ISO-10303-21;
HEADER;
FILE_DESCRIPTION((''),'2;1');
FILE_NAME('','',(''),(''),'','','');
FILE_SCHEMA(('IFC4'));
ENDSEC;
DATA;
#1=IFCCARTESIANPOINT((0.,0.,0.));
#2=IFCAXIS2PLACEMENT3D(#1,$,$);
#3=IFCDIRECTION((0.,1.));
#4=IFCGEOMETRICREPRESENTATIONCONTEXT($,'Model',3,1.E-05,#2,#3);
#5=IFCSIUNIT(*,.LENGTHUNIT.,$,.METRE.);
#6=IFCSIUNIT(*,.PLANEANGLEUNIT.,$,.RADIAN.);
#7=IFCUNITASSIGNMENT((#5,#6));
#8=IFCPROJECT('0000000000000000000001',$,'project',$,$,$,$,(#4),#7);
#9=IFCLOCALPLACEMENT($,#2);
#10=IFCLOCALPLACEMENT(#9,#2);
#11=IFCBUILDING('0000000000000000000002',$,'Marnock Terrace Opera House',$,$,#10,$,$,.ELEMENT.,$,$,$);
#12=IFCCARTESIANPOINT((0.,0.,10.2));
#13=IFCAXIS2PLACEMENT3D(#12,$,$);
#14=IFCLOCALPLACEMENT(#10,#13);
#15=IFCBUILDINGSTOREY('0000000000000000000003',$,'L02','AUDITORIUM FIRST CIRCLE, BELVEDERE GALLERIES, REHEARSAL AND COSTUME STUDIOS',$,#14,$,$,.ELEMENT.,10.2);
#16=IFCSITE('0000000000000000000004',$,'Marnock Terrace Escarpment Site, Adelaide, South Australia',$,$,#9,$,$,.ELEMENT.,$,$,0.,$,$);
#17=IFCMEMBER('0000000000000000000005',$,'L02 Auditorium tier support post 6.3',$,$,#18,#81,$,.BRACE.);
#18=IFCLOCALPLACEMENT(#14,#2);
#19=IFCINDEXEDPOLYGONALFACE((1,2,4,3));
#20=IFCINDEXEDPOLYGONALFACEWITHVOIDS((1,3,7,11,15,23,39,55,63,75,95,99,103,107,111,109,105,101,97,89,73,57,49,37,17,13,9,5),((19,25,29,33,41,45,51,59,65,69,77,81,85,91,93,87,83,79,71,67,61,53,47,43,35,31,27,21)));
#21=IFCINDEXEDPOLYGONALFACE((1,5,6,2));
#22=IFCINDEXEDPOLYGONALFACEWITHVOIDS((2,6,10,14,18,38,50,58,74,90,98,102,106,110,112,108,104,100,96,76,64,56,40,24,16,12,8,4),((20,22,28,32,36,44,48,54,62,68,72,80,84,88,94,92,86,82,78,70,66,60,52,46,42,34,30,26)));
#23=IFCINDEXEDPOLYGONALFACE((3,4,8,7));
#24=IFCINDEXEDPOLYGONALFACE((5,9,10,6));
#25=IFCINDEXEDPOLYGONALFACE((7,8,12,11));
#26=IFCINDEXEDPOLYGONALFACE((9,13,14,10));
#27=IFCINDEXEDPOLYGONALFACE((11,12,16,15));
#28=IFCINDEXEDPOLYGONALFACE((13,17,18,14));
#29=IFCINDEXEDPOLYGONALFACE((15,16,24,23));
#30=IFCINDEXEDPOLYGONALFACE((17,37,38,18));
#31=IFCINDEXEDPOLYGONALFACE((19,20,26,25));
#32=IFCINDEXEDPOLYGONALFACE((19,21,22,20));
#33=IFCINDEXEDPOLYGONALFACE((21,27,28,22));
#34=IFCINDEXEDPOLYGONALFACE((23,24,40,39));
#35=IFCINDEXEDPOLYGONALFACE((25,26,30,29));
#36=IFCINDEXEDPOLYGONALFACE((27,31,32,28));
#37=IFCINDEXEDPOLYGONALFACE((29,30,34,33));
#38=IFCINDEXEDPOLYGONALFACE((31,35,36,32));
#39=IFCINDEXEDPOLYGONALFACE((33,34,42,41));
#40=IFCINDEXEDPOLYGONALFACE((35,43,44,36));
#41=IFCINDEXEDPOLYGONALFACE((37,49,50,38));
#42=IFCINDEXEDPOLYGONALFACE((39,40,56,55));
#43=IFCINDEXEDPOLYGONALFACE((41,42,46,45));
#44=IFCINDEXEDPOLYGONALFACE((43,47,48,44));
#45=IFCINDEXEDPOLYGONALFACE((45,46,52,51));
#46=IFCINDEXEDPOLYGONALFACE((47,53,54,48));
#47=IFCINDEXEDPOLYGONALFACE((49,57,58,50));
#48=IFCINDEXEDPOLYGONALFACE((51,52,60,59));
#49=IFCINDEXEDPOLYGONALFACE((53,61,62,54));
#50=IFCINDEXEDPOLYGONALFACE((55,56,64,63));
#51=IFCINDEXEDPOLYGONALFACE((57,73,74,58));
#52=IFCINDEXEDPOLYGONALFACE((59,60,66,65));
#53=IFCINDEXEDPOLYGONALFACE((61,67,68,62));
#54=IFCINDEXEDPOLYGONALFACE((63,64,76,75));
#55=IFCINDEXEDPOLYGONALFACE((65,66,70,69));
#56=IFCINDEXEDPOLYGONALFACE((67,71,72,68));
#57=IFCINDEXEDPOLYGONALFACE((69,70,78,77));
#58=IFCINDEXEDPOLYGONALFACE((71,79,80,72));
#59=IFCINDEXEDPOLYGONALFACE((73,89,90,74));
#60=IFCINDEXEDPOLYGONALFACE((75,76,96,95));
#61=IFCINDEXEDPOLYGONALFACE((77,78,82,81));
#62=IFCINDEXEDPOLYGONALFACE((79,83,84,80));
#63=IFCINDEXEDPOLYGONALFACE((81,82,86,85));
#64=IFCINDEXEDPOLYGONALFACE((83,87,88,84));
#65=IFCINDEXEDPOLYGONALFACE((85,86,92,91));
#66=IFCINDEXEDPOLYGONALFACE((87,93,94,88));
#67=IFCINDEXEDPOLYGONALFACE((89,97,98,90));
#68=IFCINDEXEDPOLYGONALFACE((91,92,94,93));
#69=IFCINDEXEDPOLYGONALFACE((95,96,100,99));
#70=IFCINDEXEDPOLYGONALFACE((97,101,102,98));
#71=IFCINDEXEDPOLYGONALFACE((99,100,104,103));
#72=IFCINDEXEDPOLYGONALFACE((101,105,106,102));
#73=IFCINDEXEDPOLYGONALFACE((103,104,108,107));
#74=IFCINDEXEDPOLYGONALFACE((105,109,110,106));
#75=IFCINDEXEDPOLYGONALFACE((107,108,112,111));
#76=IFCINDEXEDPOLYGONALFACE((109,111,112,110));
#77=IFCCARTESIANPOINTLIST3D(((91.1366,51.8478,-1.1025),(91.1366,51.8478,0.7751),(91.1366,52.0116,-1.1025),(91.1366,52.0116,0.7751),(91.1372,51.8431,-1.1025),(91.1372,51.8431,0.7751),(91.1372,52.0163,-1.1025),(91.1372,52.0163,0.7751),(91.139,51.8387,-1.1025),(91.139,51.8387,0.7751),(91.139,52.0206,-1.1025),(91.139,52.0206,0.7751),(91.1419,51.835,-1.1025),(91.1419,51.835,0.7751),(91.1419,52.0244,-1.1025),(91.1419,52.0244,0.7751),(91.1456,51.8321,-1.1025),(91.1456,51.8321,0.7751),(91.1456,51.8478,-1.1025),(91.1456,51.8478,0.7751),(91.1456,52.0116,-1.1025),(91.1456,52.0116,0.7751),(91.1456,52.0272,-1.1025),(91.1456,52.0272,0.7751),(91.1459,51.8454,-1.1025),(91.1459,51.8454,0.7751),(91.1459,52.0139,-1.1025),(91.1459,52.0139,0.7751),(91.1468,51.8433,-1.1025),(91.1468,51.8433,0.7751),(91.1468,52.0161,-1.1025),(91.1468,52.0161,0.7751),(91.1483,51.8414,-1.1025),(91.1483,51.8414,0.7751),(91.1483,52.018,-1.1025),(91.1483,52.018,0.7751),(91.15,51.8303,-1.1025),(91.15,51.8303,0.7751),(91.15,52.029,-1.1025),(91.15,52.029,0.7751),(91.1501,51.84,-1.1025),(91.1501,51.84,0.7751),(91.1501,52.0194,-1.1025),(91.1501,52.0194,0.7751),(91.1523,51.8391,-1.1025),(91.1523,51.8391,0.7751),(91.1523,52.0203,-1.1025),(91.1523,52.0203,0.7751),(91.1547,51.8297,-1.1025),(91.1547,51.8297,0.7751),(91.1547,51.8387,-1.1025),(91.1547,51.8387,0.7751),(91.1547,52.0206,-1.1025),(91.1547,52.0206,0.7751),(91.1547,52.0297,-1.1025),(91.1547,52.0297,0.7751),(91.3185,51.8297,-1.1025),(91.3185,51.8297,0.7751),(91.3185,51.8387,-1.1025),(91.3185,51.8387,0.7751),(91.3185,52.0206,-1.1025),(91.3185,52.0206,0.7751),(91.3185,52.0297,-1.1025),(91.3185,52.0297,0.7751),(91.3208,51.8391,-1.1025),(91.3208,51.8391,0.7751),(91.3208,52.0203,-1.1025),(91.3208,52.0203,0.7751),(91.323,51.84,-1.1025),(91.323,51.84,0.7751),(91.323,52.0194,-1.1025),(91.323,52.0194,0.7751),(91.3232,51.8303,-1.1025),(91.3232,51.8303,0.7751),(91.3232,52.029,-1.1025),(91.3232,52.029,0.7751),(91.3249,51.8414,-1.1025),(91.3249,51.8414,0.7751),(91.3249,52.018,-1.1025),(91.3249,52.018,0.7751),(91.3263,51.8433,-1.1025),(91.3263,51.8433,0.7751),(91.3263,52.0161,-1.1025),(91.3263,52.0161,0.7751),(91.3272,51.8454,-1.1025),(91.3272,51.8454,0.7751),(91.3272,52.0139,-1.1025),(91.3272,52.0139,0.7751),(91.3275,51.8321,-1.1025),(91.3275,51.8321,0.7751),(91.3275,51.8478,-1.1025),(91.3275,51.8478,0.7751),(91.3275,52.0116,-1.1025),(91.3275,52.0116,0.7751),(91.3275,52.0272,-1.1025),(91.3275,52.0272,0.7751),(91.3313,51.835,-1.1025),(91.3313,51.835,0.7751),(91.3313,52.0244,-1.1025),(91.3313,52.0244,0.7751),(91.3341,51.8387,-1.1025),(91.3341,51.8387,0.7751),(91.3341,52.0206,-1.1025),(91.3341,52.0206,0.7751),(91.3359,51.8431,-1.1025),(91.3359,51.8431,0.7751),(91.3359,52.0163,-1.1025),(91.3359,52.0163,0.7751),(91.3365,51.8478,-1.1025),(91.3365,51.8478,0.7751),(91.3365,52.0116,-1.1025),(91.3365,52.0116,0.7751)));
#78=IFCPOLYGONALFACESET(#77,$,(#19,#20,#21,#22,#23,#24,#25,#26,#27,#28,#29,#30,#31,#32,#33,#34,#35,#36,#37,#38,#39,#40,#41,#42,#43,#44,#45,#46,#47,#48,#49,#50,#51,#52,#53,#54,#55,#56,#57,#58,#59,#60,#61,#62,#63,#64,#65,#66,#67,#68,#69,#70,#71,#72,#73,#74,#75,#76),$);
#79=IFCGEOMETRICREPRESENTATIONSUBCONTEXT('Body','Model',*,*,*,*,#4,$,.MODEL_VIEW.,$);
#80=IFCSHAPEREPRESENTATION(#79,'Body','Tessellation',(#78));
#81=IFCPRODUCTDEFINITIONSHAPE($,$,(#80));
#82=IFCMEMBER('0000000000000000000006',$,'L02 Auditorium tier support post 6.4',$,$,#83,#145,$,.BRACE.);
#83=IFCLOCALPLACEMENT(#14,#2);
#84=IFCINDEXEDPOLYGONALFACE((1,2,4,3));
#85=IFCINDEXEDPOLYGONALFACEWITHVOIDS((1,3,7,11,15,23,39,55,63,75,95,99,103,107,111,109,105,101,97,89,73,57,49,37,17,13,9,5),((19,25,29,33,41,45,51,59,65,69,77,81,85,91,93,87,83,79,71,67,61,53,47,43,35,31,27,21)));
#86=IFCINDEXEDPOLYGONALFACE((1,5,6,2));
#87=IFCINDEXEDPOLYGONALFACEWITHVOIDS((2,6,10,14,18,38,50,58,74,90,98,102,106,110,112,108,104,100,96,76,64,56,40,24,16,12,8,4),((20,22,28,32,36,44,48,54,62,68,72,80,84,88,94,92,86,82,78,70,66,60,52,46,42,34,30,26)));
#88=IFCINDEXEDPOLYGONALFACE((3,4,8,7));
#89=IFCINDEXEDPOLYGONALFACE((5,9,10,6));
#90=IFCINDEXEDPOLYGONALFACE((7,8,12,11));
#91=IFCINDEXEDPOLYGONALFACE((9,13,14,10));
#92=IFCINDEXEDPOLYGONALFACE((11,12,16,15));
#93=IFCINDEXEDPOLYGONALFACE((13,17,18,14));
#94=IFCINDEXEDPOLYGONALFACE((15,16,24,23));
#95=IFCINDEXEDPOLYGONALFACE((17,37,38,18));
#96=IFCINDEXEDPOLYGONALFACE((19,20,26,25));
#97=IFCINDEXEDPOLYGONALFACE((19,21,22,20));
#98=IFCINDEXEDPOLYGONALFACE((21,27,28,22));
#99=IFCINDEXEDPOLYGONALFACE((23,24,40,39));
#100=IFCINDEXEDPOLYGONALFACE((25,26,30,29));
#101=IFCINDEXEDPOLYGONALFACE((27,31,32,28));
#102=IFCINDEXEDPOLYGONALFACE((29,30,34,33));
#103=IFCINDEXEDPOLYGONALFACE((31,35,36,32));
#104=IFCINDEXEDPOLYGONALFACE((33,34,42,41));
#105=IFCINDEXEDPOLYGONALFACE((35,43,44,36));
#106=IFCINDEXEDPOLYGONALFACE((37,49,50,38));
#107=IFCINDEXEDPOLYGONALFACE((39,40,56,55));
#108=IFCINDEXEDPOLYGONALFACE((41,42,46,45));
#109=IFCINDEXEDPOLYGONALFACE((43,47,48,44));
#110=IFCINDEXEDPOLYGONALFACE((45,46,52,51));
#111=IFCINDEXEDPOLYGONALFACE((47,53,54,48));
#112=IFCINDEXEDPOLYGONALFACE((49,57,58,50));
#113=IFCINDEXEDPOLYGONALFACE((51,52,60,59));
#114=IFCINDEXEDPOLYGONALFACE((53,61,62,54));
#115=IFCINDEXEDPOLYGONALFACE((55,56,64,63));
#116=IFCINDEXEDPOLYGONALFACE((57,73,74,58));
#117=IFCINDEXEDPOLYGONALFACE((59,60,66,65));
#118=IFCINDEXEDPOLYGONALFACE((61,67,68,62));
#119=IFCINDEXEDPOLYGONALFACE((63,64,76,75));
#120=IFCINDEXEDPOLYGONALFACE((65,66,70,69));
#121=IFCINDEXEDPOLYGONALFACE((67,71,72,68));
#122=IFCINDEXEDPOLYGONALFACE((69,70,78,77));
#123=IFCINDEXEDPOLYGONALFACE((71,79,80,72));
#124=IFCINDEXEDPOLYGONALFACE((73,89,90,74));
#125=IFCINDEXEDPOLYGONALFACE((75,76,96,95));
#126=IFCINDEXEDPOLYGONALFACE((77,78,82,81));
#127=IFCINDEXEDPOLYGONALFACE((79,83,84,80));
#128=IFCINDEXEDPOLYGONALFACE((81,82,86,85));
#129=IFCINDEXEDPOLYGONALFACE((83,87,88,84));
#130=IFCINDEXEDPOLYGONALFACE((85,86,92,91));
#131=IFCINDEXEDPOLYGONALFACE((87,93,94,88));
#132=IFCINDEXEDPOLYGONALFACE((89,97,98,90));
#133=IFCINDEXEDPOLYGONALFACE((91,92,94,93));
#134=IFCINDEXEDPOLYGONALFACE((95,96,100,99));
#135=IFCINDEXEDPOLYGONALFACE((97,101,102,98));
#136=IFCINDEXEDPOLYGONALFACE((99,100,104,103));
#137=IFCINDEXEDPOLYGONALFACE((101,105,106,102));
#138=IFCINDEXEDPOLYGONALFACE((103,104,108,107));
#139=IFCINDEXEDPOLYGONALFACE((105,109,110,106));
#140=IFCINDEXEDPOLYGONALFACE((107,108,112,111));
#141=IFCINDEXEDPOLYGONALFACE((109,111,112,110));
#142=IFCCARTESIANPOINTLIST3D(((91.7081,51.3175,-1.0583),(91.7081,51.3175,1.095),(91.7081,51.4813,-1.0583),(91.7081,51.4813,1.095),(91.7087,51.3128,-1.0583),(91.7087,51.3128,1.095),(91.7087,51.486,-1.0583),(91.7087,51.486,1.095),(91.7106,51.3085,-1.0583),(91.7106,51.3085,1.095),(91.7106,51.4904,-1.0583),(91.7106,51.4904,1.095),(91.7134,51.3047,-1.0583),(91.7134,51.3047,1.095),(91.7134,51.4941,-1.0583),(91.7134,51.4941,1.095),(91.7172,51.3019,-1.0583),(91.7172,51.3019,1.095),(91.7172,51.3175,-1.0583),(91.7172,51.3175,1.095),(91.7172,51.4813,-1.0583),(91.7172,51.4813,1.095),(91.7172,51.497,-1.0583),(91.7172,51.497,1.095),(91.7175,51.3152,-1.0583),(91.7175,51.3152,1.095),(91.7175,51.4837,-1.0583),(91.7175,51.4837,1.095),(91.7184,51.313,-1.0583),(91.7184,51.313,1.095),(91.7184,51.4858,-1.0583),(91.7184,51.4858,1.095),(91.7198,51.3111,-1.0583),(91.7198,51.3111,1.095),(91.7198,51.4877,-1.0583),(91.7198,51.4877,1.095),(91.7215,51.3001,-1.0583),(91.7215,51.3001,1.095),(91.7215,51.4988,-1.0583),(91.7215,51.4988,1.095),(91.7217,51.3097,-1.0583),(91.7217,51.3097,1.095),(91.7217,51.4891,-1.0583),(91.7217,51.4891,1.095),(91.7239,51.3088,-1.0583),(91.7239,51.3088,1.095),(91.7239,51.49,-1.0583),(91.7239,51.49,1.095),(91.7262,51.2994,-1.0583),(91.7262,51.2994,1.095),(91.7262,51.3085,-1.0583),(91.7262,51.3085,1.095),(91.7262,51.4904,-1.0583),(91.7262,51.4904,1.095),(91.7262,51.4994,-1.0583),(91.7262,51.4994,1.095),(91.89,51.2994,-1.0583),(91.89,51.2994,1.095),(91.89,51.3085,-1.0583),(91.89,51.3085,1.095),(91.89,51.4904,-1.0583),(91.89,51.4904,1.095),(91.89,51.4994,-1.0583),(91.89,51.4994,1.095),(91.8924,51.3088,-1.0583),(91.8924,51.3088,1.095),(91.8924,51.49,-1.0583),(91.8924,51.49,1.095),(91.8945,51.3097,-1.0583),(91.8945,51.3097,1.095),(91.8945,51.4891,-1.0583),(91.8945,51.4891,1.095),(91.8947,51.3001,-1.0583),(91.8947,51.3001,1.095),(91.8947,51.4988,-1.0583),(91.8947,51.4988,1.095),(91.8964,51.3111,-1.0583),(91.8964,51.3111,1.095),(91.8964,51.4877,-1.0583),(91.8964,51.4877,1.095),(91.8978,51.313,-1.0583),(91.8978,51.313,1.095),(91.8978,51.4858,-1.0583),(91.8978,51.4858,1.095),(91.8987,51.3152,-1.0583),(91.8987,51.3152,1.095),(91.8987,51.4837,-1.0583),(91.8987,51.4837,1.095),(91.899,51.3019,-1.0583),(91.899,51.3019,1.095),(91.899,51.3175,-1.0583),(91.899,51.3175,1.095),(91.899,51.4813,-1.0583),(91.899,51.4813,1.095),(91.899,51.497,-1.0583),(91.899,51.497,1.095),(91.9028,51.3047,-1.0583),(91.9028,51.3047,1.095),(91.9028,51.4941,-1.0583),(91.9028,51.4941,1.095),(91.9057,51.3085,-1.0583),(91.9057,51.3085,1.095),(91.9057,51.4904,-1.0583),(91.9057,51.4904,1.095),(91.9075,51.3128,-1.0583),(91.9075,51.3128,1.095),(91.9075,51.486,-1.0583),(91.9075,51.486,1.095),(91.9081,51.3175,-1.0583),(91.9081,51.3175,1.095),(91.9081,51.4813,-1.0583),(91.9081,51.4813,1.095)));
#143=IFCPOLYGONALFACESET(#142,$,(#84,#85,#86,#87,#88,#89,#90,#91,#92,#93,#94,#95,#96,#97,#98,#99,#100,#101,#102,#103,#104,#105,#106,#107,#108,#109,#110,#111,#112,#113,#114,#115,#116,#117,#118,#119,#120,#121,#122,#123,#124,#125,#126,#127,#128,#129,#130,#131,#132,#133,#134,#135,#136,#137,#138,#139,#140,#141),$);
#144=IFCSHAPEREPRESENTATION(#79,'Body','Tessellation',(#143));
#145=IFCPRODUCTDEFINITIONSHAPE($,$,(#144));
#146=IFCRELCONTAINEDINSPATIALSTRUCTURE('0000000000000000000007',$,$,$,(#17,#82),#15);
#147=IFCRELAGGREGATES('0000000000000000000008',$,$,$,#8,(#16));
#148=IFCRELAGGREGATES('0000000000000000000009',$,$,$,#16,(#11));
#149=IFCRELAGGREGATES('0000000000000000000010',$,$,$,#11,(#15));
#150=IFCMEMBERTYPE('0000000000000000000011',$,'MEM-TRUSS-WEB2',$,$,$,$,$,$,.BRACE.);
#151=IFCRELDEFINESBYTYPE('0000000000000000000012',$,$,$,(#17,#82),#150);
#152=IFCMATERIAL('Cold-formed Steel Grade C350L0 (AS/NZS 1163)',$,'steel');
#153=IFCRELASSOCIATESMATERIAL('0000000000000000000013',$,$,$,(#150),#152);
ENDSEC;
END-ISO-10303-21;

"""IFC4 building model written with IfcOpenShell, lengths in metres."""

from ifc_helpers import new_model, si_unit, direction, frame, origin, origin_2d, place, context, subcontext, project, spatial, hollow_rectangle, extrude, material, material_profile, profile_set, type_object, element, save


model = new_model("IFC4")

# Units and contexts
model_context = context("Model", 3, precision=1e-05, world=origin(), true_north=direction((0.0, 1.0)))
body_context = subcontext(model_context, "Body", "Model", "MODEL_VIEW")
ifc_project = project(units=[si_unit("LENGTHUNIT", "METRE"), si_unit("PLANEANGLEUNIT", "RADIAN")], contexts=[model_context])

# Site, building, storey
site_placement = place(None, origin())
site = spatial("IfcSite", under=ifc_project, at=site_placement, Name="Marnock Terrace Escarpment Site, Adelaide, South Australia", CompositionType="ELEMENT", RefElevation=0.0)
building_placement = place(site_placement, origin())
building = spatial("IfcBuilding", under=site, at=building_placement, Name="Marnock Terrace Opera House", CompositionType="ELEMENT")
storey_placement = place(building_placement, frame((0.0, 0.0, 10.2)))
storey = spatial("IfcBuildingStorey", under=building, at=storey_placement, Name="L02", Description="AUDITORIUM FIRST CIRCLE, BELVEDERE GALLERIES, REHEARSAL AND COSTUME STUDIOS", CompositionType="ELEMENT", Elevation=10.2)

# Members
ifc_material_1 = material(Name="Cold-formed Steel Grade C350L0 (AS/NZS 1163)", Category="steel")
ifc_material_profile_1 = material_profile(ifc_material_1, hollow_rectangle(XDim=0.2, YDim=0.2, WallThickness=0.009, InnerFilletRadius=0.009, OuterFilletRadius=0.0181, at=origin_2d()))
ifc_profile_set_1 = profile_set([ifc_material_profile_1], Name="Cold-formed Steel Grade C350L0 (AS/NZS 1163)")
member_type = type_object("IfcMemberType", Name="MEM-TRUSS-WEB2", PredefinedType="BRACE", material=ifc_profile_set_1)
member_1_placement = place(storey_placement, frame((91.2366, 51.9297, -1.1025), z_axis=(0.0, 0.0, 1.0), x_axis=(1.0, 0.0, 0.0)))
element("IfcMember", 1, at=member_1_placement, inside=storey, type_object=member_type, Name="L02 Auditorium tier support post 6.3", PredefinedType="BRACE", context=body_context, shape_type="SweptSolid", body=[
    extrude(hollow_rectangle(XDim=0.2, YDim=0.2, WallThickness=0.009, InnerFilletRadius=0.009, OuterFilletRadius=0.0181, at=origin_2d()), origin(), (0.0, 0.0, 1.0), 1.8777),
])
member_2_placement = place(storey_placement, frame((91.8081, 51.3994, -1.0583), z_axis=(0.0, 0.0, 1.0), x_axis=(1.0, 0.0, 0.0)))
element("IfcMember", 2, at=member_2_placement, inside=storey, type_object=member_type, Name="L02 Auditorium tier support post 6.4", PredefinedType="BRACE", context=body_context, shape_type="SweptSolid", body=[
    extrude(hollow_rectangle(XDim=0.2, YDim=0.2, WallThickness=0.009, InnerFilletRadius=0.009, OuterFilletRadius=0.0181, at=origin_2d()), origin(), (0.0, 0.0, 1.0), 2.1533),
])

save(model, "model.ifc")
